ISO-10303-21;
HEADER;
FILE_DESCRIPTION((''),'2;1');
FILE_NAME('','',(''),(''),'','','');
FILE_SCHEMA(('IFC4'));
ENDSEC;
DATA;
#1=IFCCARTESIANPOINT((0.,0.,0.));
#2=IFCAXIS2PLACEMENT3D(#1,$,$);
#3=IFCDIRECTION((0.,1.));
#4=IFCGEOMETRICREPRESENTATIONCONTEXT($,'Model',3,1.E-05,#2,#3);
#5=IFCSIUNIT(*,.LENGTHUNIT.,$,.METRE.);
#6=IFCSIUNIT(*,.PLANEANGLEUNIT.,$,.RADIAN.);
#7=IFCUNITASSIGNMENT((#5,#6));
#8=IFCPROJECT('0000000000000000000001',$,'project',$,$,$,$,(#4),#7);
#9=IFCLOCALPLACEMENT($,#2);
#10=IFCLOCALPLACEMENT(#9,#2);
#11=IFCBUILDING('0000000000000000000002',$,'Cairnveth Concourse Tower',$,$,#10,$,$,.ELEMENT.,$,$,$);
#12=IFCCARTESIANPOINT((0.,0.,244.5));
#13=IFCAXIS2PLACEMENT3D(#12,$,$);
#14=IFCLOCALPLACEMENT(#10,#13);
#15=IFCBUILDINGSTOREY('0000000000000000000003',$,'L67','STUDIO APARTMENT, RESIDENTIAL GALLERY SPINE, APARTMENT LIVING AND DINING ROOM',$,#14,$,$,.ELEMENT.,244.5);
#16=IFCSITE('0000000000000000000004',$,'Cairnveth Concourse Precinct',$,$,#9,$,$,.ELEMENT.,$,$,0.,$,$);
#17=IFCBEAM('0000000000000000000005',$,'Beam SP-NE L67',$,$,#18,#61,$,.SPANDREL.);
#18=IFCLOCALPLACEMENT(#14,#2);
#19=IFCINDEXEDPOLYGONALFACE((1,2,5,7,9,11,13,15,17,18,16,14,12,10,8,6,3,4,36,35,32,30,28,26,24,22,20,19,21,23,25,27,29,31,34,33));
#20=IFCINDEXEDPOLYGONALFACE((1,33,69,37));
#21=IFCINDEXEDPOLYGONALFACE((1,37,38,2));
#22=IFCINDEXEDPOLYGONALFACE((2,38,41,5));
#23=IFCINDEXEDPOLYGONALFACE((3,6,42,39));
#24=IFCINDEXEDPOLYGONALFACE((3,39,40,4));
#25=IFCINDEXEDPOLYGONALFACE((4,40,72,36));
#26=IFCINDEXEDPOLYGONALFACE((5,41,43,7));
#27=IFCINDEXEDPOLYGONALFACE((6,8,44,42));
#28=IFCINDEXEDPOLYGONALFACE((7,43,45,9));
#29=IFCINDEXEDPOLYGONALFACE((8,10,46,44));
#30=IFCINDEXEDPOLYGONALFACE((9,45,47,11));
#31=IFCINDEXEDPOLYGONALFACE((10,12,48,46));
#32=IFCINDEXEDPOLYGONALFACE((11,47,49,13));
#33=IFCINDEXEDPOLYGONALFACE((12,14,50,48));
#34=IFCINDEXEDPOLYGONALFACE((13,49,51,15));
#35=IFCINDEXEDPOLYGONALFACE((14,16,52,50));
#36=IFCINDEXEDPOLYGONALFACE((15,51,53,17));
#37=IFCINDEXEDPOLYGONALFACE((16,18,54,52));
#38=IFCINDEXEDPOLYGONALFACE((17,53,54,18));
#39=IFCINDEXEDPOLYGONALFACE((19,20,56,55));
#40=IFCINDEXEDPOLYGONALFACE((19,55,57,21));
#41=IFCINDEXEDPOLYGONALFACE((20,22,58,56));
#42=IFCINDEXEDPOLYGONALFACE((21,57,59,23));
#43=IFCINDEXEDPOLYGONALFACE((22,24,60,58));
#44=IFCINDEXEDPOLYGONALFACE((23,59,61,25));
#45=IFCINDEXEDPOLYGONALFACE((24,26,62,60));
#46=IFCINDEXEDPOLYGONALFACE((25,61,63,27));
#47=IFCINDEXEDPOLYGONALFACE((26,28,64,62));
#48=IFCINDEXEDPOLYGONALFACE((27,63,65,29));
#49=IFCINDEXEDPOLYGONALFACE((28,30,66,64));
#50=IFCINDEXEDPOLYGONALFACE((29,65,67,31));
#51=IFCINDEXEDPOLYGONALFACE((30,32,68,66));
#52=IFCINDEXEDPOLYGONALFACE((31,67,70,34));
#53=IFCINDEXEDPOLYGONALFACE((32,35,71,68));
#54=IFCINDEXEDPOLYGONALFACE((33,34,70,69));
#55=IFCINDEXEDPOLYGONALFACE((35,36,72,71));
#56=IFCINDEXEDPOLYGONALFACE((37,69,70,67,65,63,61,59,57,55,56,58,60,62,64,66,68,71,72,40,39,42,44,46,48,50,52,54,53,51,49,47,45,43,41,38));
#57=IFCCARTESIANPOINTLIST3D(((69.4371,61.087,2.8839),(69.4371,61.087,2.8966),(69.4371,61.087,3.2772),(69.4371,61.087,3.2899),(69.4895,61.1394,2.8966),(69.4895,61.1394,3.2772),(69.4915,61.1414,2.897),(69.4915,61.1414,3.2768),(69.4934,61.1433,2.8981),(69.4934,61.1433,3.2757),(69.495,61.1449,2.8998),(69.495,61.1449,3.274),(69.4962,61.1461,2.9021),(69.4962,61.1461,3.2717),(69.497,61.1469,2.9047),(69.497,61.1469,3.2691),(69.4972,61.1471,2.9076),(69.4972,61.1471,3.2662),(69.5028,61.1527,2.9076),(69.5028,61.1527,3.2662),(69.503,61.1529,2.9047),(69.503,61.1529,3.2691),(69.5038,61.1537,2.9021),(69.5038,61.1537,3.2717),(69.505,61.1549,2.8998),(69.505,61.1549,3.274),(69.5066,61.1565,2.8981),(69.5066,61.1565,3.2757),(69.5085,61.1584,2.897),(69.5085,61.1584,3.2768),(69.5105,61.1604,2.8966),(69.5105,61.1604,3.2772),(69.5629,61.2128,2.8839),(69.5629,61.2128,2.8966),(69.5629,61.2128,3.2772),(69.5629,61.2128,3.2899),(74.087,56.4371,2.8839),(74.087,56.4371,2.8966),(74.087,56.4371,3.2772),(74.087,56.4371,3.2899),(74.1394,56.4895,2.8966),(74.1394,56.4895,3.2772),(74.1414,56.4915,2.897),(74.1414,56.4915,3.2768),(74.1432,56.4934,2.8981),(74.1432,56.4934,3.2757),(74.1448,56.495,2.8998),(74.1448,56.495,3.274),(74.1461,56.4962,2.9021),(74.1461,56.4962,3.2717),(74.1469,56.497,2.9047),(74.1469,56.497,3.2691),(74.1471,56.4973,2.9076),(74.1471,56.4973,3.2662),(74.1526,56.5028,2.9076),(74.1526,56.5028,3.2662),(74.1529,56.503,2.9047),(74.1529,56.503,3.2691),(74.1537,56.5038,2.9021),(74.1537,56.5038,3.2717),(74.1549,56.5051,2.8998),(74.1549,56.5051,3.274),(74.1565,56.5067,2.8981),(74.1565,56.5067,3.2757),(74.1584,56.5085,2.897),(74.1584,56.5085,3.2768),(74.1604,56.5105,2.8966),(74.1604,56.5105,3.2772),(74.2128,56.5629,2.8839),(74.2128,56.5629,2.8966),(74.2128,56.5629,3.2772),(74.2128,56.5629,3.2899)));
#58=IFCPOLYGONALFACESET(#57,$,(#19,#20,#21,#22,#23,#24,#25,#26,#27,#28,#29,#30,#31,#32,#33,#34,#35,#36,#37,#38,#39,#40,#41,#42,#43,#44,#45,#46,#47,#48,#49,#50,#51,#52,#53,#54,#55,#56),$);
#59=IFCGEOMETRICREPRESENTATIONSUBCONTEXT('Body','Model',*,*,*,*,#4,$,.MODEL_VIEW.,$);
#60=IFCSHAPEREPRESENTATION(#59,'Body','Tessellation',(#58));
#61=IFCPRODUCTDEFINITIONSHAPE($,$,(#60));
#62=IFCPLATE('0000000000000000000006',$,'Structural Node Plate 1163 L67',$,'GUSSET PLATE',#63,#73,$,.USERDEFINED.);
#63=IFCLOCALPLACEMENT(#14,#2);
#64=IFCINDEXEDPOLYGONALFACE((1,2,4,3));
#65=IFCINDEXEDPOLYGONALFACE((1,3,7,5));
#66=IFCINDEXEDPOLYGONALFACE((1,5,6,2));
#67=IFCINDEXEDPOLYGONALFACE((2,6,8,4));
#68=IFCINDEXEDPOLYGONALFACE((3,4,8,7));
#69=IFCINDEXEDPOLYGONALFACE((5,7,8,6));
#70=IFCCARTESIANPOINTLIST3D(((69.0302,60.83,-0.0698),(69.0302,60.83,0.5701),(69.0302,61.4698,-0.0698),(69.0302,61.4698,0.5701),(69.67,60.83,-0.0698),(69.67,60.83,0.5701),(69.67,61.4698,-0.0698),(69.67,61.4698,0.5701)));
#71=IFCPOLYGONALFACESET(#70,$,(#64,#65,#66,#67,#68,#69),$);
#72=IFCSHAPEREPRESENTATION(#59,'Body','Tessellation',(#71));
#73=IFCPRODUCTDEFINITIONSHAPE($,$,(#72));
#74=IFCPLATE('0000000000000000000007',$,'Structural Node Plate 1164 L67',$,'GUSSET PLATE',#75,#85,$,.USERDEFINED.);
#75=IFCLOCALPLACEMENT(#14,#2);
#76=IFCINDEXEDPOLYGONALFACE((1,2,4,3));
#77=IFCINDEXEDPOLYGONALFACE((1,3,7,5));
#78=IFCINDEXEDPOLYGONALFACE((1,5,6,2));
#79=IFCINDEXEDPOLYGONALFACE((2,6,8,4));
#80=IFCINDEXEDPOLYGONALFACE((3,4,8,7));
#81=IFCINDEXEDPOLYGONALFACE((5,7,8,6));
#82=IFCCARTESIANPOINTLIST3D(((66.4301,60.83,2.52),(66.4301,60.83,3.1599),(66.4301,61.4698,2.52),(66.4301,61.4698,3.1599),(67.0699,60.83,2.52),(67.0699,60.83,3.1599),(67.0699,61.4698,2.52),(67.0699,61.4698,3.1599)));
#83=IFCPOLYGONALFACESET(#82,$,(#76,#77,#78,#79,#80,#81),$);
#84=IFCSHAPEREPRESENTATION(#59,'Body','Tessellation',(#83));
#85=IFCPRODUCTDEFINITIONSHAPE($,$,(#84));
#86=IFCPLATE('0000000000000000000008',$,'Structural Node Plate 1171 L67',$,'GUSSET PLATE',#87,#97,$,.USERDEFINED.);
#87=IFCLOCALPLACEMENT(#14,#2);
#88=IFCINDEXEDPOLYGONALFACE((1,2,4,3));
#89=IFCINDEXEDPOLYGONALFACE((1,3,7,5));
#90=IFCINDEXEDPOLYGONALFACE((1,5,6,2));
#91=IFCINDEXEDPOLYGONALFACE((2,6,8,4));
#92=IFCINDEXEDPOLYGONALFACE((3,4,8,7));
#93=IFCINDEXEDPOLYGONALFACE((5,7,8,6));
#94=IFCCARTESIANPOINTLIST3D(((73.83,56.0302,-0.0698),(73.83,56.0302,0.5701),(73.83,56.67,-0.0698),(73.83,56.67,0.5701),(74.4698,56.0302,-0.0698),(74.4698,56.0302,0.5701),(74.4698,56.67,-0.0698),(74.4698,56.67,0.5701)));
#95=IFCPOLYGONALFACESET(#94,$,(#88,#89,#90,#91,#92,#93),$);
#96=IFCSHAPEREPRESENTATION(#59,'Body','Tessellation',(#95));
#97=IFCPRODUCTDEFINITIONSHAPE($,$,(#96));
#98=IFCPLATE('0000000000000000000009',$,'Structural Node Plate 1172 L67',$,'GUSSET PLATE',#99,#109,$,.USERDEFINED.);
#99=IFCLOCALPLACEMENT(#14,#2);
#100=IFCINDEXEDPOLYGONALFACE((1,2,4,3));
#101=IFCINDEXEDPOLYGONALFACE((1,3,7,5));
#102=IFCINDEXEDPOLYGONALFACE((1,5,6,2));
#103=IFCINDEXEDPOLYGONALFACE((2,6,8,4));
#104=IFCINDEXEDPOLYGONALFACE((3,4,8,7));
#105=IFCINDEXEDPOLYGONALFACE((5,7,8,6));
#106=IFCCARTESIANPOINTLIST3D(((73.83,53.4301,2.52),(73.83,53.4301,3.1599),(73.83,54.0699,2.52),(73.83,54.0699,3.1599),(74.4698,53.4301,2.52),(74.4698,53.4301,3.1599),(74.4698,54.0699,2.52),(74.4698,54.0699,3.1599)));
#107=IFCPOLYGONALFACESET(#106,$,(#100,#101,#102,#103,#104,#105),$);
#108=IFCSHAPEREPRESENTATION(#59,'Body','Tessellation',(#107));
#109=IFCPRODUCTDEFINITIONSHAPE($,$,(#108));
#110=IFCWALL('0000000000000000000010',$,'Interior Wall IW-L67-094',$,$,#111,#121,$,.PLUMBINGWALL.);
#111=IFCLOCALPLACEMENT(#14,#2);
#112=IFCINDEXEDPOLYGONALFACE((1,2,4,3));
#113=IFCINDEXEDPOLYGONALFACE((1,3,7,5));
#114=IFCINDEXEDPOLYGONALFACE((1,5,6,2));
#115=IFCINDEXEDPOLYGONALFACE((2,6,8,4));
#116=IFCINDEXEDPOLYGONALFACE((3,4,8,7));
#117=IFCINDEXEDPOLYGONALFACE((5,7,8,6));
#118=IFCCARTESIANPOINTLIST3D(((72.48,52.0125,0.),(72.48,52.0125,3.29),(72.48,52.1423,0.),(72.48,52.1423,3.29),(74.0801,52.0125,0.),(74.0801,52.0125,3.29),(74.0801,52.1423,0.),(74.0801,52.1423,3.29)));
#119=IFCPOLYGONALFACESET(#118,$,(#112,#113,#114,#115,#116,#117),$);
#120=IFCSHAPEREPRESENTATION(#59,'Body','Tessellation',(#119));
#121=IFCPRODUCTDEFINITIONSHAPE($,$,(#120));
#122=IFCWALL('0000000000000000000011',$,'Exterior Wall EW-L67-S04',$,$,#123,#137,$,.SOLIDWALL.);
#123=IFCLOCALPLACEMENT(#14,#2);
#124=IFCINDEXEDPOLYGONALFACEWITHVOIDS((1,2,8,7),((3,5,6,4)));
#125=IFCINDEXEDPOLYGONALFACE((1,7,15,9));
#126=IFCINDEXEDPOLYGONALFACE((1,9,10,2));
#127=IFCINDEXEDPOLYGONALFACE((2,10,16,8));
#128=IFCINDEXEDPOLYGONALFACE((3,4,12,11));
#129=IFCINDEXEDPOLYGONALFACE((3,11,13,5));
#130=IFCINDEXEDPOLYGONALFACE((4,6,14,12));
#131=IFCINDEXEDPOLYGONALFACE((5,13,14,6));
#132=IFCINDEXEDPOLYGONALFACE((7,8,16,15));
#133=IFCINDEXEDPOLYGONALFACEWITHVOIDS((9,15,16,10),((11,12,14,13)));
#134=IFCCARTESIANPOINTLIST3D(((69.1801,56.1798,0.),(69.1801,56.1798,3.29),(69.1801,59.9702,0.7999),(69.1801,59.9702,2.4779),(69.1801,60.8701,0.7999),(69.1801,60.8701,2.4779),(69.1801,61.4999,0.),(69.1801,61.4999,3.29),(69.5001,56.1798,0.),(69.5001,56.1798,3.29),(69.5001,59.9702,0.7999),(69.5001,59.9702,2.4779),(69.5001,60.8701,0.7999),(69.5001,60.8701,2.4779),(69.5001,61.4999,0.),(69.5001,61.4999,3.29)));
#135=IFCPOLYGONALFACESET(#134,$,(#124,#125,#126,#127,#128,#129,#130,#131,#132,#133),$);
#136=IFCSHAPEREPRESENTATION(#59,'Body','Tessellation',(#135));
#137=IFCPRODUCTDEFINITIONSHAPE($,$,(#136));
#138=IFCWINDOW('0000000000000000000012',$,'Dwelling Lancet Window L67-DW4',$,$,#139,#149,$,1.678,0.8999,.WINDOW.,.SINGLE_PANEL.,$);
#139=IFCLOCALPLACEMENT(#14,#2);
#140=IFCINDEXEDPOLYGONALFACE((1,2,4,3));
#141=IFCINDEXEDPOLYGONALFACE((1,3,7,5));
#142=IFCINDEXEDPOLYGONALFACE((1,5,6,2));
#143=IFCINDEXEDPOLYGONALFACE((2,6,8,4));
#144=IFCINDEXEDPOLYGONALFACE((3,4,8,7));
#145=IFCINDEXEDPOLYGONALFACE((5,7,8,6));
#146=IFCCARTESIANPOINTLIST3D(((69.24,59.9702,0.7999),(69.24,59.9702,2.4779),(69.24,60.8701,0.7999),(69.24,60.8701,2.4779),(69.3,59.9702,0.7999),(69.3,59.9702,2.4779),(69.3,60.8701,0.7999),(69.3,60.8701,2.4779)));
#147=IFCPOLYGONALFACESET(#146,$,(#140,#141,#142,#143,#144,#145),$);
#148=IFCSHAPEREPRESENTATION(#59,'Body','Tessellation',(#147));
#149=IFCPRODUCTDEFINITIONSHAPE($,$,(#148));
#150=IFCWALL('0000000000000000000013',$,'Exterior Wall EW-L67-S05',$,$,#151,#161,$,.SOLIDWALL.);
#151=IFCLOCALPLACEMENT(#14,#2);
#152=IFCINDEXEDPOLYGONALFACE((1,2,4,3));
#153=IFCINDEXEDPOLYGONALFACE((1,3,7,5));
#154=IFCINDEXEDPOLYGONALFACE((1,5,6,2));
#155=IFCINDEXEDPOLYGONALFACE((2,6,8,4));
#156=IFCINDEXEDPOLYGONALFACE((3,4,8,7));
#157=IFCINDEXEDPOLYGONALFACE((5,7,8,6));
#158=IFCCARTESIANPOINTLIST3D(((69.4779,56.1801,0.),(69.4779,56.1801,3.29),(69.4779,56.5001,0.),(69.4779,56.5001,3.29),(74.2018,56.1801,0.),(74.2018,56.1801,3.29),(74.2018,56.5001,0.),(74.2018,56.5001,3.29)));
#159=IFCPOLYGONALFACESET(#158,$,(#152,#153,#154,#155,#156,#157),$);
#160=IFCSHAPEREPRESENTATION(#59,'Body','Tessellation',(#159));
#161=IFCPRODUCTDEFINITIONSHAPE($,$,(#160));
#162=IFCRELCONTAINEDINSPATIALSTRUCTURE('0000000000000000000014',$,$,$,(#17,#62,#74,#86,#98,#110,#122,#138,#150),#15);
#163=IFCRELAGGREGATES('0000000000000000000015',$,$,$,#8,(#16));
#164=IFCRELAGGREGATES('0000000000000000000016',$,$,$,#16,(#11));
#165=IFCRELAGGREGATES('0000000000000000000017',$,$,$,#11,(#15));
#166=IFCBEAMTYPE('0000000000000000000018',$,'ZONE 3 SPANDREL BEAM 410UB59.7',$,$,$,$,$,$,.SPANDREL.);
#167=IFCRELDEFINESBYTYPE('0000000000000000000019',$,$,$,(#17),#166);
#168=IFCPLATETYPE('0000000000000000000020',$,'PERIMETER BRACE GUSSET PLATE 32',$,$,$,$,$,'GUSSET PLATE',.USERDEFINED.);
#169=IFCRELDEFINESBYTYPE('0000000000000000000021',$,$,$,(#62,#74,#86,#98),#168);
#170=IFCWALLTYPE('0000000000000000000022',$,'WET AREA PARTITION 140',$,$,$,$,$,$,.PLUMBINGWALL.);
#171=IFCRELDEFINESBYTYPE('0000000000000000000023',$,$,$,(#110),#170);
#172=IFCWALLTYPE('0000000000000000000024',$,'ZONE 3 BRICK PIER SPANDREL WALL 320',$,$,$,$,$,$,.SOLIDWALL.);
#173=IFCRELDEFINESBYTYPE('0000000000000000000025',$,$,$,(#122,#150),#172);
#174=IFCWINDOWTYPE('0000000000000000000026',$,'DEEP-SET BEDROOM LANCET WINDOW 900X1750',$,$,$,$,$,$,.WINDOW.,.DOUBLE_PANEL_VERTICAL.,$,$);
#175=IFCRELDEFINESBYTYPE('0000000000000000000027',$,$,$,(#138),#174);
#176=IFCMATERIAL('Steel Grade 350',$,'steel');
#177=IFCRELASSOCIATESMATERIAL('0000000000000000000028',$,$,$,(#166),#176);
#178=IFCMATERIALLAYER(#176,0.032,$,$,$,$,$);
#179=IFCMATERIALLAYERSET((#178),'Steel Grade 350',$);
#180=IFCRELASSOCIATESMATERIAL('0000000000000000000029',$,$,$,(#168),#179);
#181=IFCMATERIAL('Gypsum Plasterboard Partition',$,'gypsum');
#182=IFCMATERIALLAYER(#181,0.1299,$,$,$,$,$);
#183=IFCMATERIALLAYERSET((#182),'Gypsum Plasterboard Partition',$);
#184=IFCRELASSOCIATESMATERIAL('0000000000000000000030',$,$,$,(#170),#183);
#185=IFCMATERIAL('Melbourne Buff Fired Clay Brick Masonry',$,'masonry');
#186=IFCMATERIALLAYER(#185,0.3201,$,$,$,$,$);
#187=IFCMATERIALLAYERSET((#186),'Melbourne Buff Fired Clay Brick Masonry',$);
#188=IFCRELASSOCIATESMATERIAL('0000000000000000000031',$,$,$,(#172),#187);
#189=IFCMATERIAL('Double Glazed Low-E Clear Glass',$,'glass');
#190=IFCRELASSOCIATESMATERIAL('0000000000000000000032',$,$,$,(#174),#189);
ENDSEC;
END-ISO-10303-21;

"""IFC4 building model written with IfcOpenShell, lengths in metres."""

from ifc_helpers import new_model, si_unit, direction, frame, frame_2d, origin, origin_2d, place, context, subcontext, project, spatial, rectangle, i_section, extrude, material, layer, layer_set, material_profile, profile_set, type_object, element, fill, save


model = new_model("IFC4")

# Units and contexts
model_context = context("Model", 3, precision=1e-05, world=origin(), true_north=direction((0.0, 1.0)))
body_context = subcontext(model_context, "Body", "Model", "MODEL_VIEW")
ifc_project = project(units=[si_unit("LENGTHUNIT", "METRE"), si_unit("PLANEANGLEUNIT", "RADIAN")], contexts=[model_context])

# Site, building, storey
site_placement = place(None, origin())
site = spatial("IfcSite", under=ifc_project, at=site_placement, Name="Cairnveth Concourse Precinct", CompositionType="ELEMENT", RefElevation=0.0)
building_placement = place(site_placement, origin())
building = spatial("IfcBuilding", under=site, at=building_placement, Name="Cairnveth Concourse Tower", CompositionType="ELEMENT")
storey_placement = place(building_placement, frame((0.0, 0.0, 244.5)))
storey = spatial("IfcBuildingStorey", under=building, at=storey_placement, Name="L67", Description="STUDIO APARTMENT, RESIDENTIAL GALLERY SPINE, APARTMENT LIVING AND DINING ROOM", CompositionType="ELEMENT", Elevation=244.5)

# Shared definitions
ifc_material_1 = material(Name="Steel Grade 350", Category="steel")

# Beam
ifc_material_profile_1 = material_profile(ifc_material_1, i_section(OverallWidth=0.178, OverallDepth=0.406, WebThickness=0.0078, FlangeThickness=0.0127, FilletRadius=0.011, at=origin_2d()), Name="410UB59.7")
ifc_profile_set_1 = profile_set([ifc_material_profile_1], Name="Steel Grade 350")
beam_type_1 = type_object("IfcBeamType", Name="ZONE 3 SPANDREL BEAM 410UB59.7", PredefinedType="SPANDREL", material=ifc_profile_set_1)
beam_1_placement = place(storey_placement, frame((69.5, 61.1499, 3.0869), z_axis=(0.707107, -0.707107, 0.0), x_axis=(0.707107, 0.707107, 0.0)))
element("IfcBeam", 1, at=beam_1_placement, inside=storey, type_object=beam_type_1, Name="Beam SP-NE L67", PredefinedType="SPANDREL", context=body_context, shape_type="SweptSolid", body=[
    extrude(i_section(OverallWidth=0.178, OverallDepth=0.406, WebThickness=0.0078, FlangeThickness=0.0127, FilletRadius=0.011, at=origin_2d()), origin(), (0.0, 0.0, 1.0), 6.5759),
])

# Plates
ifc_layer_1 = layer(ifc_material_1, 0.032)
ifc_layer_set_1 = layer_set([ifc_layer_1], Name="Steel Grade 350")
plate_type = type_object("IfcPlateType", Name="PERIMETER BRACE GUSSET PLATE 32", ElementType="GUSSET PLATE", PredefinedType="USERDEFINED", material=ifc_layer_set_1)
for number, where, z_axis, x_axis, name in (
    (2, (69.3501, 61.1499, -0.0698), (0.0, 0.0, 1.0), (1.0, 0.0, 0.0), "Structural Node Plate 1163 L67"),
    (3, (66.75, 61.1499, 2.52), (0.0, 0.0, 1.0), (1.0, 0.0, 0.0), "Structural Node Plate 1164 L67"),
    (4, (74.1499, 56.3501, -0.0698), (0.0, 0.0, 1.0), (1.0, 0.0, 0.0), "Structural Node Plate 1171 L67"),
    (5, (74.1499, 53.75, 2.52), (0.0, 0.0, 1.0), (1.0, 0.0, 0.0), "Structural Node Plate 1172 L67"),
):
    element("IfcPlate", number, at=place(storey_placement, frame(where, z_axis=z_axis, x_axis=x_axis)), inside=storey, type_object=plate_type, Name=name, ObjectType="GUSSET PLATE", PredefinedType="USERDEFINED", context=body_context, shape_type="SweptSolid", body=[
        extrude(rectangle(XDim=0.6399, YDim=0.6399, at=origin_2d()), origin(), (0.0, 0.0, 1.0), 0.6399),
    ])

# Wall
ifc_material_2 = material(Name="Gypsum Plasterboard Partition", Category="gypsum")
ifc_layer_2 = layer(ifc_material_2, 0.1299)
ifc_layer_set_2 = layer_set([ifc_layer_2], Name="Gypsum Plasterboard Partition")
wall_type_1 = type_object("IfcWallType", Name="WET AREA PARTITION 140", PredefinedType="PLUMBINGWALL", material=ifc_layer_set_2)
wall_1_placement = place(storey_placement, frame((72.48, 52.0774, 0.0), z_axis=(0.0, 0.0, 1.0), x_axis=(1.0, 0.0, 0.0)))
element("IfcWall", 6, at=wall_1_placement, inside=storey, type_object=wall_type_1, Name="Interior Wall IW-L67-094", PredefinedType="PLUMBINGWALL", context=body_context, shape_type="SweptSolid", body=[
    extrude(rectangle(XDim=1.6001, YDim=0.1299, at=frame_2d((0.8, 0.0))), origin(), (0.0, 0.0, 1.0), 3.29),
])

# Wall, opening, window
ifc_material_3 = material(Name="Melbourne Buff Fired Clay Brick Masonry", Category="masonry")
ifc_layer_3 = layer(ifc_material_3, 0.3201)
ifc_layer_set_3 = layer_set([ifc_layer_3], Name="Melbourne Buff Fired Clay Brick Masonry")
wall_type_2 = type_object("IfcWallType", Name="ZONE 3 BRICK PIER SPANDREL WALL 320", PredefinedType="SOLIDWALL", material=ifc_layer_set_3)
wall_2_placement = place(storey_placement, frame((69.3401, 61.5, 0.0), z_axis=(0.0, 0.0, 1.0), x_axis=(0.0, -1.0, 0.0)))
wall_2 = element("IfcWall", 7, at=wall_2_placement, inside=storey, type_object=wall_type_2, Name="Exterior Wall EW-L67-S04", PredefinedType="SOLIDWALL", context=body_context, shape_type="SweptSolid", body=[
    extrude(rectangle(XDim=5.3201, YDim=0.3201, at=frame_2d((2.6602, 0.0))), origin(), (0.0, 0.0, 1.0), 3.29),
])
opening_1_placement = place(wall_2_placement, frame((0.6299, 0.0, 0.8)))
opening_1 = element("IfcOpeningElement", 8, at=opening_1_placement, cuts=wall_2, PredefinedType="OPENING", context=body_context, shape_type="SweptSolid", body=[
    extrude(rectangle(XDim=0.8999, YDim=1.678, at=frame_2d((0.45, 0.8389))), frame((0.0, 0.1699, 0.0), z_axis=(0.0, -1.0, 0.0), x_axis=(1.0, 0.0, 0.0)), (0.0, 0.0, 1.0), 0.3401),
])
ifc_material_4 = material(Name="Double Glazed Low-E Clear Glass", Category="glass")
window_type_1 = type_object("IfcWindowType", Name="DEEP-SET BEDROOM LANCET WINDOW 900X1750", PartitioningType="DOUBLE_PANEL_VERTICAL", PredefinedType="WINDOW", material=ifc_material_4)
window_1_placement = place(opening_1_placement, origin())
window_1 = element("IfcWindow", 9, at=window_1_placement, inside=storey, type_object=window_type_1, Name="Dwelling Lancet Window L67-DW4", OverallHeight=1.678, OverallWidth=0.8999, PartitioningType="SINGLE_PANEL", PredefinedType="WINDOW", context=body_context, shape_type="SweptSolid", body=[
    extrude(rectangle(XDim=0.8999, YDim=1.678, at=frame_2d((0.45, 0.8389))), frame((0.0, -0.04, 0.0), z_axis=(0.0, -1.0, 0.0), x_axis=(1.0, 0.0, 0.0)), (0.0, 0.0, 1.0), 0.0601),
])
fill(opening_1, window_1)

# Wall
wall_3_placement = place(storey_placement, frame((69.478, 56.3401, 0.0), z_axis=(0.0, 0.0, 1.0), x_axis=(1.0, 0.0, 0.0)))
element("IfcWall", 10, at=wall_3_placement, inside=storey, type_object=wall_type_2, Name="Exterior Wall EW-L67-S05", PredefinedType="SOLIDWALL", context=body_context, shape_type="SweptSolid", body=[
    extrude(rectangle(XDim=4.7239, YDim=0.3201, at=frame_2d((2.3618, 0.0))), origin(), (0.0, 0.0, 1.0), 3.29),
])

save(model, "model.ifc")
